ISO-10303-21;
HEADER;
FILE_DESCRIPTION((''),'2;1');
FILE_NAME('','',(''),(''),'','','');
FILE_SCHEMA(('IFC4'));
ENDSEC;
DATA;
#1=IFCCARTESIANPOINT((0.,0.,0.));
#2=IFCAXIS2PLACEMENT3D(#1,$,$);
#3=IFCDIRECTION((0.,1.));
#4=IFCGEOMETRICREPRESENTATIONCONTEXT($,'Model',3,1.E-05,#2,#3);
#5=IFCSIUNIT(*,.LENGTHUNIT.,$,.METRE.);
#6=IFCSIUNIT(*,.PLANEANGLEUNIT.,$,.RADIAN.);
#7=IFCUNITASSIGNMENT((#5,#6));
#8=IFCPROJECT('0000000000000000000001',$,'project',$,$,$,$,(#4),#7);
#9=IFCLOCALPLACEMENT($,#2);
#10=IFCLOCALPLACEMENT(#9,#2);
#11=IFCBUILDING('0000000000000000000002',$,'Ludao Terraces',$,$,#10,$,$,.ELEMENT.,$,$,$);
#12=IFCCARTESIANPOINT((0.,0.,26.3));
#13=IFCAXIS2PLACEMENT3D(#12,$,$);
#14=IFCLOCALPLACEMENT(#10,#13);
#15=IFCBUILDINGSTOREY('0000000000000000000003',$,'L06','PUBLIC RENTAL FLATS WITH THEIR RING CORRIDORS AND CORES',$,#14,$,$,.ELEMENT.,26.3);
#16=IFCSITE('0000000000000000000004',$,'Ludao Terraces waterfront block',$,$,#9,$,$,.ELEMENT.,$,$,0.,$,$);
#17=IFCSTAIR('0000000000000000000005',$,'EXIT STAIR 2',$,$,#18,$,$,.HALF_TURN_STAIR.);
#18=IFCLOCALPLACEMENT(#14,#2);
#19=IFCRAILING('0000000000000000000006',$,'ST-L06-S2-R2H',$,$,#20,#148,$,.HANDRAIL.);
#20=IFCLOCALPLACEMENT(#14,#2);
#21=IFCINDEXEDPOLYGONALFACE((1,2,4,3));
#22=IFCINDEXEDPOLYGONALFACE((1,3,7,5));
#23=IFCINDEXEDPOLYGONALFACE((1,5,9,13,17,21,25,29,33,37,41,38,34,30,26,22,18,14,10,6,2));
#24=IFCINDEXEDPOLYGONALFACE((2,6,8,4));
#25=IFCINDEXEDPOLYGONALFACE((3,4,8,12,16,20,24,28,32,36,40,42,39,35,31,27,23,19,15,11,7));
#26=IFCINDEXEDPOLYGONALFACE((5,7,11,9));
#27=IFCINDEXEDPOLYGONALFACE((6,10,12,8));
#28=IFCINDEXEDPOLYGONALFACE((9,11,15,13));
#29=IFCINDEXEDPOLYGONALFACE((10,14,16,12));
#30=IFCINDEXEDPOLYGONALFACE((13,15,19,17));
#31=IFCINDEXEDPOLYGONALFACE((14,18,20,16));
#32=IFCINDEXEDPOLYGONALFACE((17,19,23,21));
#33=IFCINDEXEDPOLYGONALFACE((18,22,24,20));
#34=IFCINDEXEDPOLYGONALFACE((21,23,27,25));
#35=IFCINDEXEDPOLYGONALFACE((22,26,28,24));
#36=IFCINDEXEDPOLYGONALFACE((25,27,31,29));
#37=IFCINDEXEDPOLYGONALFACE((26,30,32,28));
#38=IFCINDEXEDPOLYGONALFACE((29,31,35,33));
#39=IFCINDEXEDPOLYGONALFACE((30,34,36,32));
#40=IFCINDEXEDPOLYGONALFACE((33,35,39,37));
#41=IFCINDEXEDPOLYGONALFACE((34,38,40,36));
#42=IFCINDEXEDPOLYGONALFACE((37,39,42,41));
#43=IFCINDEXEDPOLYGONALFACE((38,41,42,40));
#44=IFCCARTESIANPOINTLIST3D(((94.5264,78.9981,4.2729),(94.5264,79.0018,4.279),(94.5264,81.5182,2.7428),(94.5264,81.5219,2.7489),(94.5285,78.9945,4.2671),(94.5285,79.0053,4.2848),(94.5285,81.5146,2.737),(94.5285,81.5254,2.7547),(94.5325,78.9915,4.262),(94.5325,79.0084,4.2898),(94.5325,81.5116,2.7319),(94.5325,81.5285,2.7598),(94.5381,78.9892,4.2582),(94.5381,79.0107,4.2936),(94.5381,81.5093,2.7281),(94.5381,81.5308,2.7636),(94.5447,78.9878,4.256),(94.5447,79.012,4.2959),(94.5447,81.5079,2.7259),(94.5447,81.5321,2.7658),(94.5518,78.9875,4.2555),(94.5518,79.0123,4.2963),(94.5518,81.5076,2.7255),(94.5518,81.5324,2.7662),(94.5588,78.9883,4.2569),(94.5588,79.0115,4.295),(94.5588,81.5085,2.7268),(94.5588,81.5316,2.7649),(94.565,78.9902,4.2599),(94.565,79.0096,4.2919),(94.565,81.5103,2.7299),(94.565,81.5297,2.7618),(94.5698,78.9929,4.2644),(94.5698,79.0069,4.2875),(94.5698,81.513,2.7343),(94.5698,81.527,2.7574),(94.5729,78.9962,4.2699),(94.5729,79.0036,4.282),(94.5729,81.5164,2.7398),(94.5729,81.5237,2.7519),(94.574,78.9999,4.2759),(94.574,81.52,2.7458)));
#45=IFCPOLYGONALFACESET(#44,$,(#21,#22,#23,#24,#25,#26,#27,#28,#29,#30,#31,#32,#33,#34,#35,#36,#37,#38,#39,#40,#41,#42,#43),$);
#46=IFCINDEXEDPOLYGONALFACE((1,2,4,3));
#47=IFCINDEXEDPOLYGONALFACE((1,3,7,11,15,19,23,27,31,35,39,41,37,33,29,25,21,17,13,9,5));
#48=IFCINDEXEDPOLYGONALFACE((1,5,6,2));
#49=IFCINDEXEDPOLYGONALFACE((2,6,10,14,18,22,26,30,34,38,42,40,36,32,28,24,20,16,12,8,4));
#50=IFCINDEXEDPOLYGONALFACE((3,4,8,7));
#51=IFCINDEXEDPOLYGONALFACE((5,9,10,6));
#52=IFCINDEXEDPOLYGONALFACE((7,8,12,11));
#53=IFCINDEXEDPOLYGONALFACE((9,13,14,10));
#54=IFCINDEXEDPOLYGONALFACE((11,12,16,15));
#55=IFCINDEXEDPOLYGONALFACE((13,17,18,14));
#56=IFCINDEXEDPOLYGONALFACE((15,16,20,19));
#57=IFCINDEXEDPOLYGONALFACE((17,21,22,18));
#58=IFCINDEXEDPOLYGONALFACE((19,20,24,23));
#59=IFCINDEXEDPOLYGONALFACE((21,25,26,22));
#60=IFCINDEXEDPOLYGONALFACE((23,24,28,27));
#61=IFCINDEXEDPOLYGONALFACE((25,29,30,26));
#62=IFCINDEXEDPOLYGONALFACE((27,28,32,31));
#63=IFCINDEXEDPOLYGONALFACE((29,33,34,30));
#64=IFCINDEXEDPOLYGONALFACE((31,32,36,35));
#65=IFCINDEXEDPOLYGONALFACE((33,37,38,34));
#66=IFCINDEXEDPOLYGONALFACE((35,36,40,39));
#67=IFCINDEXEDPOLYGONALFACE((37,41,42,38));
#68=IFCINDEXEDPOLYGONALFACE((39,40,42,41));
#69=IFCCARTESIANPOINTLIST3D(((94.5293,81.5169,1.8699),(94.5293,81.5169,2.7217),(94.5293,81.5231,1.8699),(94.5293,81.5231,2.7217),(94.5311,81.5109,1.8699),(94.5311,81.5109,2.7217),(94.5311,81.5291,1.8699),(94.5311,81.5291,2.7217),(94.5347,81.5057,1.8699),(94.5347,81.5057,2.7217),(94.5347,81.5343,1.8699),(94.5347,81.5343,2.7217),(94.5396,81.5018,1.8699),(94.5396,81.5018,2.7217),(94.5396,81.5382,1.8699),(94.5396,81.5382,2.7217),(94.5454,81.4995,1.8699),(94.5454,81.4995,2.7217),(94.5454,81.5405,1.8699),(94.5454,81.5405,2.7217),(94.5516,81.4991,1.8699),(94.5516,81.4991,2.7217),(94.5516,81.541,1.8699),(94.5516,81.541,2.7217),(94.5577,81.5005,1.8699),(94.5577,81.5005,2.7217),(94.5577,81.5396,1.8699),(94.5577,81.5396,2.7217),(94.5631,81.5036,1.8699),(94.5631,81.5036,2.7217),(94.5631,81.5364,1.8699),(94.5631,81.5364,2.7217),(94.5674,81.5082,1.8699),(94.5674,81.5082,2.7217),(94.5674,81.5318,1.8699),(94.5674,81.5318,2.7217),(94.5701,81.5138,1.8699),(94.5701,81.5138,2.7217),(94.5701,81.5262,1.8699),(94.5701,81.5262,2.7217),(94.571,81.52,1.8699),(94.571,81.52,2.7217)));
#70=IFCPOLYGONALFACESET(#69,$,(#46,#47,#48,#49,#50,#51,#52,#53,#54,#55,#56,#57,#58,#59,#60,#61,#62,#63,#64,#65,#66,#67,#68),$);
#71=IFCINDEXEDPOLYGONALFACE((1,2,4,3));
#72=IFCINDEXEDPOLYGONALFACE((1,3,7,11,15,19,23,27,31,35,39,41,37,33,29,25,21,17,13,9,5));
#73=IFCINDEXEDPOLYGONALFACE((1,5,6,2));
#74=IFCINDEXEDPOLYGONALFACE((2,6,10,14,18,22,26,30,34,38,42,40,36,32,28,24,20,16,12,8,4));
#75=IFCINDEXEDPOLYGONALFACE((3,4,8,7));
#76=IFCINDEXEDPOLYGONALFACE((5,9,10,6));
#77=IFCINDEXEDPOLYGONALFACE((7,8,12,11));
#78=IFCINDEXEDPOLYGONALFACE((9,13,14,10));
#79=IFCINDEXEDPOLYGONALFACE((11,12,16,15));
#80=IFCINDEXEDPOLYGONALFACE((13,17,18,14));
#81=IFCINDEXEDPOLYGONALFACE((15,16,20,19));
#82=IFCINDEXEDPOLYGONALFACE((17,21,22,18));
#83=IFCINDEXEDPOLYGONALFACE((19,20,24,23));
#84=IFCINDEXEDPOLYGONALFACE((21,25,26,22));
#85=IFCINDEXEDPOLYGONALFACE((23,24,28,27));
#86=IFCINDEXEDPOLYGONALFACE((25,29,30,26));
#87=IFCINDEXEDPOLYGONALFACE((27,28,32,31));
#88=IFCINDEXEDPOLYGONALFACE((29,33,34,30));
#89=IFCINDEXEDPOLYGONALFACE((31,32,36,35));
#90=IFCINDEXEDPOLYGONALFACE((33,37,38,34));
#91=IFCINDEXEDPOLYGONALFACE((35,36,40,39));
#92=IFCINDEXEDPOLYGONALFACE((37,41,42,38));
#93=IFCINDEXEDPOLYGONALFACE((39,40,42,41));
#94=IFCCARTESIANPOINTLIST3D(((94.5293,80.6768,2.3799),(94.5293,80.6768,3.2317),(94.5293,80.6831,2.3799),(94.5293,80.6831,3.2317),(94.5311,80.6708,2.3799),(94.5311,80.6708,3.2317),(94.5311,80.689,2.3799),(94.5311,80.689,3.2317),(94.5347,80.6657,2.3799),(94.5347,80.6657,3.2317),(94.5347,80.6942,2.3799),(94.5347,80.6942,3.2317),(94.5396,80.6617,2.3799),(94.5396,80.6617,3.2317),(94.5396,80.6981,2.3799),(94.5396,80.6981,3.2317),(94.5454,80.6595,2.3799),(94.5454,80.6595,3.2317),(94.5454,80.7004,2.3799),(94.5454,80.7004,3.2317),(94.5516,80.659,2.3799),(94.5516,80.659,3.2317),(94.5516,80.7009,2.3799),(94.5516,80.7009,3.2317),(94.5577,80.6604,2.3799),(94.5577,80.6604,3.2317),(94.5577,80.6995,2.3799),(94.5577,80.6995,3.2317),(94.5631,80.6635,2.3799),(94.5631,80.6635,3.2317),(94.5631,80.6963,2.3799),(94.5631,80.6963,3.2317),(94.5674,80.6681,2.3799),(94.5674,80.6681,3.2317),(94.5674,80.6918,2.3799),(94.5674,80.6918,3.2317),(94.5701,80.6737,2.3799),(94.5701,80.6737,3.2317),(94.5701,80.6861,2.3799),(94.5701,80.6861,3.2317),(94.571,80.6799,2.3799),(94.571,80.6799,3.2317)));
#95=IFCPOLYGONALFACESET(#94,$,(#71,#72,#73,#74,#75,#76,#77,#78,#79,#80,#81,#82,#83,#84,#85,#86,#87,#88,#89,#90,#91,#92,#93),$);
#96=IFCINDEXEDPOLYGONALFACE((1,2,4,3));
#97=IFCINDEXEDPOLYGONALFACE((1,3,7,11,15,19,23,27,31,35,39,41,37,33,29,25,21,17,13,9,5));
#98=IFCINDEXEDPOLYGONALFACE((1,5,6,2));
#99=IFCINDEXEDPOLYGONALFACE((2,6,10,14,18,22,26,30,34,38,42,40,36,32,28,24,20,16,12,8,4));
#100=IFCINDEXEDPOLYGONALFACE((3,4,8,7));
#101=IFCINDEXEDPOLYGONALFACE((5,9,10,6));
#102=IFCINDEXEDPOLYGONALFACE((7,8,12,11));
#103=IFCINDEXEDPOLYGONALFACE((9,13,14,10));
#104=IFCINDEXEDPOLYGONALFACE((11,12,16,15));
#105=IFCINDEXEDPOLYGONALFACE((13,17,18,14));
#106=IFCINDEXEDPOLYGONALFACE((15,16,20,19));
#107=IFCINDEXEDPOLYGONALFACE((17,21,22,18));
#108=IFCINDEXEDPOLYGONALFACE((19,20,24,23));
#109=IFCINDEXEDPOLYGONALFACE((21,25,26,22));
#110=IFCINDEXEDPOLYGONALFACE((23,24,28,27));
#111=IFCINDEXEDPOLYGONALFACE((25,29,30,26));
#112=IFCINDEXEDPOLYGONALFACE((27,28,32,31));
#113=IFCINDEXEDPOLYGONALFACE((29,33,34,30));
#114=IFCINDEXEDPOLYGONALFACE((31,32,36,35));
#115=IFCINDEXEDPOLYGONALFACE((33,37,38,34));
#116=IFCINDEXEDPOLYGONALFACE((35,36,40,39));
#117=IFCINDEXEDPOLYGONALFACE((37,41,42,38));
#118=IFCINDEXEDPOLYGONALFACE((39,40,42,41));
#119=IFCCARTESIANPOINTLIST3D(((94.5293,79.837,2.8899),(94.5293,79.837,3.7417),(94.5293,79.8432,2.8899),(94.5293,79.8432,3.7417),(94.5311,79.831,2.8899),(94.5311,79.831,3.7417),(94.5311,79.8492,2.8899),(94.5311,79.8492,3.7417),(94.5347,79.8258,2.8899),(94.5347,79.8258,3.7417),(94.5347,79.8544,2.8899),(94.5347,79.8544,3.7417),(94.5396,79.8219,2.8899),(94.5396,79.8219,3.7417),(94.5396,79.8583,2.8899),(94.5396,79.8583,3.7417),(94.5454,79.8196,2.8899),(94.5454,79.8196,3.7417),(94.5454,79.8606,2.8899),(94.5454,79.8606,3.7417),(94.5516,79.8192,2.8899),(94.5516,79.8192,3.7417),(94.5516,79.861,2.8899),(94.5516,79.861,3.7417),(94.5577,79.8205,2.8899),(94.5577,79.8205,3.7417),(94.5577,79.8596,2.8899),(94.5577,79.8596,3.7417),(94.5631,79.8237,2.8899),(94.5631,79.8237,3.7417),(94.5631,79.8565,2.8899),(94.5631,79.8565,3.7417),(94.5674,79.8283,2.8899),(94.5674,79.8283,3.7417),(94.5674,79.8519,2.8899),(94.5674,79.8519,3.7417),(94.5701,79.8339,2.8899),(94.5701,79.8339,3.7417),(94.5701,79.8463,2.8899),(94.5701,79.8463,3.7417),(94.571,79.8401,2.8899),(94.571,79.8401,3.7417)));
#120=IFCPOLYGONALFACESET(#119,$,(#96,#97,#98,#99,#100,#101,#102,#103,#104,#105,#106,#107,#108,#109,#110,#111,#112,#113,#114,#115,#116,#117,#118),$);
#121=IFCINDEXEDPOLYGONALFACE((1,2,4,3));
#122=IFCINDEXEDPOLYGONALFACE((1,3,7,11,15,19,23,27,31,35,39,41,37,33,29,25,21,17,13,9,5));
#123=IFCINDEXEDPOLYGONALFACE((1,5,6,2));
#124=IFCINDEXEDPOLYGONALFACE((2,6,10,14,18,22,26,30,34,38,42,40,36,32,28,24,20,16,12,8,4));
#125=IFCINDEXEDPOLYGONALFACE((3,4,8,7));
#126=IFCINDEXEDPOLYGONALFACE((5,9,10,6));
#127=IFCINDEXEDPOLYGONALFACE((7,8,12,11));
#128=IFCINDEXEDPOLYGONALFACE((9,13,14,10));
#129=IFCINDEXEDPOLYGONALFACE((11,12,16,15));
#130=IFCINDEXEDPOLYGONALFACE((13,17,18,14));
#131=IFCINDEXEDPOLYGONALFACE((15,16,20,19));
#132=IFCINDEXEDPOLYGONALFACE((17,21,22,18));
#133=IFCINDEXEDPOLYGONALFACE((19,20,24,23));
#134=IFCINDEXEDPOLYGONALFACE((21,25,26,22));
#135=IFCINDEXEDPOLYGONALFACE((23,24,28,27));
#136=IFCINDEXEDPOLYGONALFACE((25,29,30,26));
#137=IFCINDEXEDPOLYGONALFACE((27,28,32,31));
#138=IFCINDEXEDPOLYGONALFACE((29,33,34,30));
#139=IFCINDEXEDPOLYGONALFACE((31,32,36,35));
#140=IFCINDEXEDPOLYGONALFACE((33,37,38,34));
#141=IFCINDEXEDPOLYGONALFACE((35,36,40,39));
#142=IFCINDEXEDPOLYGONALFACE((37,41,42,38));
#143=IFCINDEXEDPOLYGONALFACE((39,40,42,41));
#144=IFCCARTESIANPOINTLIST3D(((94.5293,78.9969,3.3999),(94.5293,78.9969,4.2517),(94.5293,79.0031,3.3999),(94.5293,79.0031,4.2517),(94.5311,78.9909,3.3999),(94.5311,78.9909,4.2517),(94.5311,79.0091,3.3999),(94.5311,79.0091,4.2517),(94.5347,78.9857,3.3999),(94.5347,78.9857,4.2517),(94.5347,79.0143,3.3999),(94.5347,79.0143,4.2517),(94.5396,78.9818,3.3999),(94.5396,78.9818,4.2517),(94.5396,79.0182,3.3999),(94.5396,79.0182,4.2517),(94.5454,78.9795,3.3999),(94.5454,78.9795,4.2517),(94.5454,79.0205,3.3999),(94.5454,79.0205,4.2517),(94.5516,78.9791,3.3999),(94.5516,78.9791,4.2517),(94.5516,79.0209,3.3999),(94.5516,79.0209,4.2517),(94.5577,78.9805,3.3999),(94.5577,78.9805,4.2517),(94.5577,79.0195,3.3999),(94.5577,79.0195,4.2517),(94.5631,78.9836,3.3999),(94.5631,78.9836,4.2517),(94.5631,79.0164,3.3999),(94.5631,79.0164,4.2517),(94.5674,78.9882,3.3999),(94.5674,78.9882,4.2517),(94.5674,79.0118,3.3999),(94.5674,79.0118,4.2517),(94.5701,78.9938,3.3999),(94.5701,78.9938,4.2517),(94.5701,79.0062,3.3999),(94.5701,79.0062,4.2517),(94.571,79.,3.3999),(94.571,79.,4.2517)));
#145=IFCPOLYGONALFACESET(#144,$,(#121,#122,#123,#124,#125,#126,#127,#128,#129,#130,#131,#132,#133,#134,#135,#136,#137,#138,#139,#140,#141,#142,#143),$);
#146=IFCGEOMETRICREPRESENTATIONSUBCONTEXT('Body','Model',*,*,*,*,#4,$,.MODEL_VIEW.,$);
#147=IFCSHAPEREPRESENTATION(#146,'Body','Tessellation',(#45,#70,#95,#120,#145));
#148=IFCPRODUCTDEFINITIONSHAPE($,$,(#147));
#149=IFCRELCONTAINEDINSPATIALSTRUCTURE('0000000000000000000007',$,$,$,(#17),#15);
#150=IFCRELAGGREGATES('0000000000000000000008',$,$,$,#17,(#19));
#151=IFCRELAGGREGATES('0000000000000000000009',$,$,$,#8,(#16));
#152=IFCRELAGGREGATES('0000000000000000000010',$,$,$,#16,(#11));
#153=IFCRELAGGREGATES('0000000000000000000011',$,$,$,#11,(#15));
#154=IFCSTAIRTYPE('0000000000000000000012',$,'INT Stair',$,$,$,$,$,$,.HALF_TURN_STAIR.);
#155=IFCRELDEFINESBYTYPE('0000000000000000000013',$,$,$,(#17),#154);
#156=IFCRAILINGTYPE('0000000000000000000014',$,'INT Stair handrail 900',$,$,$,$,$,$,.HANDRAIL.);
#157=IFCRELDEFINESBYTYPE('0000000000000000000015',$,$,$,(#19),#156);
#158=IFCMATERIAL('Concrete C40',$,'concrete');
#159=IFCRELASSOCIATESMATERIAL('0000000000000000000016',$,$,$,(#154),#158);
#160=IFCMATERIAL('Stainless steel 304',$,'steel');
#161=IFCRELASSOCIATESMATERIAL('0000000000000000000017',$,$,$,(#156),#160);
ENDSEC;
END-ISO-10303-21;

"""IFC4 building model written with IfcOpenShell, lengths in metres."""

from ifc_helpers import new_model, si_unit, direction, frame, origin, origin_2d, place, context, subcontext, project, spatial, circle, extrude, material, type_object, element, aggregate, save


model = new_model("IFC4")

# Units and contexts
model_context = context("Model", 3, precision=1e-05, world=origin(), true_north=direction((0.0, 1.0)))
body_context = subcontext(model_context, "Body", "Model", "MODEL_VIEW")
ifc_project = project(units=[si_unit("LENGTHUNIT", "METRE"), si_unit("PLANEANGLEUNIT", "RADIAN")], contexts=[model_context])

# Site, building, storey
site_placement = place(None, origin())
site = spatial("IfcSite", under=ifc_project, at=site_placement, Name="Ludao Terraces waterfront block", CompositionType="ELEMENT", RefElevation=0.0)
building_placement = place(site_placement, origin())
building = spatial("IfcBuilding", under=site, at=building_placement, Name="Ludao Terraces", CompositionType="ELEMENT")
storey_placement = place(building_placement, frame((0.0, 0.0, 26.3)))
storey = spatial("IfcBuildingStorey", under=building, at=storey_placement, Name="L06", Description="PUBLIC RENTAL FLATS WITH THEIR RING CORRIDORS AND CORES", CompositionType="ELEMENT", Elevation=26.3)

# Shared definitions
ifc_material_1 = material(Name="Concrete C40", Category="concrete")

# Shared definitions
ifc_material_2 = material(Name="Stainless steel 304", Category="steel")

# Stair, railing
stair_type = type_object("IfcStairType", Name="INT Stair", PredefinedType="HALF_TURN_STAIR", material=ifc_material_1)
stair_placement = place(storey_placement, origin())
stair = element("IfcStair", 1, at=stair_placement, inside=storey, type_object=stair_type, Name="EXIT STAIR 2", PredefinedType="HALF_TURN_STAIR")
railing_type_1 = type_object("IfcRailingType", Name="INT Stair handrail 900", PredefinedType="HANDRAIL", material=ifc_material_2)
railing_1_placement = place(storey_placement, frame((94.55, 81.52, 1.8699)))
railing_1 = element("IfcRailing", 2, at=railing_1_placement, type_object=railing_type_1, Name="ST-L06-S2-R2H", PredefinedType="HANDRAIL", context=body_context, shape_type="SweptSolid", body=[
    extrude(circle(Radius=0.0239, at=origin_2d()), frame((0.0, 0.0, 0.876), z_axis=(0.0, -0.854785, 0.518982), x_axis=(1.0, 0.0, 0.0)), (0.0, 0.0, 1.0), 2.9482),
    extrude(circle(Radius=0.021, at=origin_2d()), origin(), (0.0, 0.0, 1.0), 0.8518),
    extrude(circle(Radius=0.021, at=origin_2d()), frame((0.0, -0.8401, 0.51)), (0.0, 0.0, 1.0), 0.8518),
    extrude(circle(Radius=0.021, at=origin_2d()), frame((0.0, -1.6799, 1.02)), (0.0, 0.0, 1.0), 0.8518),
    extrude(circle(Radius=0.021, at=origin_2d()), frame((0.0, -2.52, 1.53)), (0.0, 0.0, 1.0), 0.8518),
])
aggregate(stair, [railing_1])

save(model, "model.ifc")
